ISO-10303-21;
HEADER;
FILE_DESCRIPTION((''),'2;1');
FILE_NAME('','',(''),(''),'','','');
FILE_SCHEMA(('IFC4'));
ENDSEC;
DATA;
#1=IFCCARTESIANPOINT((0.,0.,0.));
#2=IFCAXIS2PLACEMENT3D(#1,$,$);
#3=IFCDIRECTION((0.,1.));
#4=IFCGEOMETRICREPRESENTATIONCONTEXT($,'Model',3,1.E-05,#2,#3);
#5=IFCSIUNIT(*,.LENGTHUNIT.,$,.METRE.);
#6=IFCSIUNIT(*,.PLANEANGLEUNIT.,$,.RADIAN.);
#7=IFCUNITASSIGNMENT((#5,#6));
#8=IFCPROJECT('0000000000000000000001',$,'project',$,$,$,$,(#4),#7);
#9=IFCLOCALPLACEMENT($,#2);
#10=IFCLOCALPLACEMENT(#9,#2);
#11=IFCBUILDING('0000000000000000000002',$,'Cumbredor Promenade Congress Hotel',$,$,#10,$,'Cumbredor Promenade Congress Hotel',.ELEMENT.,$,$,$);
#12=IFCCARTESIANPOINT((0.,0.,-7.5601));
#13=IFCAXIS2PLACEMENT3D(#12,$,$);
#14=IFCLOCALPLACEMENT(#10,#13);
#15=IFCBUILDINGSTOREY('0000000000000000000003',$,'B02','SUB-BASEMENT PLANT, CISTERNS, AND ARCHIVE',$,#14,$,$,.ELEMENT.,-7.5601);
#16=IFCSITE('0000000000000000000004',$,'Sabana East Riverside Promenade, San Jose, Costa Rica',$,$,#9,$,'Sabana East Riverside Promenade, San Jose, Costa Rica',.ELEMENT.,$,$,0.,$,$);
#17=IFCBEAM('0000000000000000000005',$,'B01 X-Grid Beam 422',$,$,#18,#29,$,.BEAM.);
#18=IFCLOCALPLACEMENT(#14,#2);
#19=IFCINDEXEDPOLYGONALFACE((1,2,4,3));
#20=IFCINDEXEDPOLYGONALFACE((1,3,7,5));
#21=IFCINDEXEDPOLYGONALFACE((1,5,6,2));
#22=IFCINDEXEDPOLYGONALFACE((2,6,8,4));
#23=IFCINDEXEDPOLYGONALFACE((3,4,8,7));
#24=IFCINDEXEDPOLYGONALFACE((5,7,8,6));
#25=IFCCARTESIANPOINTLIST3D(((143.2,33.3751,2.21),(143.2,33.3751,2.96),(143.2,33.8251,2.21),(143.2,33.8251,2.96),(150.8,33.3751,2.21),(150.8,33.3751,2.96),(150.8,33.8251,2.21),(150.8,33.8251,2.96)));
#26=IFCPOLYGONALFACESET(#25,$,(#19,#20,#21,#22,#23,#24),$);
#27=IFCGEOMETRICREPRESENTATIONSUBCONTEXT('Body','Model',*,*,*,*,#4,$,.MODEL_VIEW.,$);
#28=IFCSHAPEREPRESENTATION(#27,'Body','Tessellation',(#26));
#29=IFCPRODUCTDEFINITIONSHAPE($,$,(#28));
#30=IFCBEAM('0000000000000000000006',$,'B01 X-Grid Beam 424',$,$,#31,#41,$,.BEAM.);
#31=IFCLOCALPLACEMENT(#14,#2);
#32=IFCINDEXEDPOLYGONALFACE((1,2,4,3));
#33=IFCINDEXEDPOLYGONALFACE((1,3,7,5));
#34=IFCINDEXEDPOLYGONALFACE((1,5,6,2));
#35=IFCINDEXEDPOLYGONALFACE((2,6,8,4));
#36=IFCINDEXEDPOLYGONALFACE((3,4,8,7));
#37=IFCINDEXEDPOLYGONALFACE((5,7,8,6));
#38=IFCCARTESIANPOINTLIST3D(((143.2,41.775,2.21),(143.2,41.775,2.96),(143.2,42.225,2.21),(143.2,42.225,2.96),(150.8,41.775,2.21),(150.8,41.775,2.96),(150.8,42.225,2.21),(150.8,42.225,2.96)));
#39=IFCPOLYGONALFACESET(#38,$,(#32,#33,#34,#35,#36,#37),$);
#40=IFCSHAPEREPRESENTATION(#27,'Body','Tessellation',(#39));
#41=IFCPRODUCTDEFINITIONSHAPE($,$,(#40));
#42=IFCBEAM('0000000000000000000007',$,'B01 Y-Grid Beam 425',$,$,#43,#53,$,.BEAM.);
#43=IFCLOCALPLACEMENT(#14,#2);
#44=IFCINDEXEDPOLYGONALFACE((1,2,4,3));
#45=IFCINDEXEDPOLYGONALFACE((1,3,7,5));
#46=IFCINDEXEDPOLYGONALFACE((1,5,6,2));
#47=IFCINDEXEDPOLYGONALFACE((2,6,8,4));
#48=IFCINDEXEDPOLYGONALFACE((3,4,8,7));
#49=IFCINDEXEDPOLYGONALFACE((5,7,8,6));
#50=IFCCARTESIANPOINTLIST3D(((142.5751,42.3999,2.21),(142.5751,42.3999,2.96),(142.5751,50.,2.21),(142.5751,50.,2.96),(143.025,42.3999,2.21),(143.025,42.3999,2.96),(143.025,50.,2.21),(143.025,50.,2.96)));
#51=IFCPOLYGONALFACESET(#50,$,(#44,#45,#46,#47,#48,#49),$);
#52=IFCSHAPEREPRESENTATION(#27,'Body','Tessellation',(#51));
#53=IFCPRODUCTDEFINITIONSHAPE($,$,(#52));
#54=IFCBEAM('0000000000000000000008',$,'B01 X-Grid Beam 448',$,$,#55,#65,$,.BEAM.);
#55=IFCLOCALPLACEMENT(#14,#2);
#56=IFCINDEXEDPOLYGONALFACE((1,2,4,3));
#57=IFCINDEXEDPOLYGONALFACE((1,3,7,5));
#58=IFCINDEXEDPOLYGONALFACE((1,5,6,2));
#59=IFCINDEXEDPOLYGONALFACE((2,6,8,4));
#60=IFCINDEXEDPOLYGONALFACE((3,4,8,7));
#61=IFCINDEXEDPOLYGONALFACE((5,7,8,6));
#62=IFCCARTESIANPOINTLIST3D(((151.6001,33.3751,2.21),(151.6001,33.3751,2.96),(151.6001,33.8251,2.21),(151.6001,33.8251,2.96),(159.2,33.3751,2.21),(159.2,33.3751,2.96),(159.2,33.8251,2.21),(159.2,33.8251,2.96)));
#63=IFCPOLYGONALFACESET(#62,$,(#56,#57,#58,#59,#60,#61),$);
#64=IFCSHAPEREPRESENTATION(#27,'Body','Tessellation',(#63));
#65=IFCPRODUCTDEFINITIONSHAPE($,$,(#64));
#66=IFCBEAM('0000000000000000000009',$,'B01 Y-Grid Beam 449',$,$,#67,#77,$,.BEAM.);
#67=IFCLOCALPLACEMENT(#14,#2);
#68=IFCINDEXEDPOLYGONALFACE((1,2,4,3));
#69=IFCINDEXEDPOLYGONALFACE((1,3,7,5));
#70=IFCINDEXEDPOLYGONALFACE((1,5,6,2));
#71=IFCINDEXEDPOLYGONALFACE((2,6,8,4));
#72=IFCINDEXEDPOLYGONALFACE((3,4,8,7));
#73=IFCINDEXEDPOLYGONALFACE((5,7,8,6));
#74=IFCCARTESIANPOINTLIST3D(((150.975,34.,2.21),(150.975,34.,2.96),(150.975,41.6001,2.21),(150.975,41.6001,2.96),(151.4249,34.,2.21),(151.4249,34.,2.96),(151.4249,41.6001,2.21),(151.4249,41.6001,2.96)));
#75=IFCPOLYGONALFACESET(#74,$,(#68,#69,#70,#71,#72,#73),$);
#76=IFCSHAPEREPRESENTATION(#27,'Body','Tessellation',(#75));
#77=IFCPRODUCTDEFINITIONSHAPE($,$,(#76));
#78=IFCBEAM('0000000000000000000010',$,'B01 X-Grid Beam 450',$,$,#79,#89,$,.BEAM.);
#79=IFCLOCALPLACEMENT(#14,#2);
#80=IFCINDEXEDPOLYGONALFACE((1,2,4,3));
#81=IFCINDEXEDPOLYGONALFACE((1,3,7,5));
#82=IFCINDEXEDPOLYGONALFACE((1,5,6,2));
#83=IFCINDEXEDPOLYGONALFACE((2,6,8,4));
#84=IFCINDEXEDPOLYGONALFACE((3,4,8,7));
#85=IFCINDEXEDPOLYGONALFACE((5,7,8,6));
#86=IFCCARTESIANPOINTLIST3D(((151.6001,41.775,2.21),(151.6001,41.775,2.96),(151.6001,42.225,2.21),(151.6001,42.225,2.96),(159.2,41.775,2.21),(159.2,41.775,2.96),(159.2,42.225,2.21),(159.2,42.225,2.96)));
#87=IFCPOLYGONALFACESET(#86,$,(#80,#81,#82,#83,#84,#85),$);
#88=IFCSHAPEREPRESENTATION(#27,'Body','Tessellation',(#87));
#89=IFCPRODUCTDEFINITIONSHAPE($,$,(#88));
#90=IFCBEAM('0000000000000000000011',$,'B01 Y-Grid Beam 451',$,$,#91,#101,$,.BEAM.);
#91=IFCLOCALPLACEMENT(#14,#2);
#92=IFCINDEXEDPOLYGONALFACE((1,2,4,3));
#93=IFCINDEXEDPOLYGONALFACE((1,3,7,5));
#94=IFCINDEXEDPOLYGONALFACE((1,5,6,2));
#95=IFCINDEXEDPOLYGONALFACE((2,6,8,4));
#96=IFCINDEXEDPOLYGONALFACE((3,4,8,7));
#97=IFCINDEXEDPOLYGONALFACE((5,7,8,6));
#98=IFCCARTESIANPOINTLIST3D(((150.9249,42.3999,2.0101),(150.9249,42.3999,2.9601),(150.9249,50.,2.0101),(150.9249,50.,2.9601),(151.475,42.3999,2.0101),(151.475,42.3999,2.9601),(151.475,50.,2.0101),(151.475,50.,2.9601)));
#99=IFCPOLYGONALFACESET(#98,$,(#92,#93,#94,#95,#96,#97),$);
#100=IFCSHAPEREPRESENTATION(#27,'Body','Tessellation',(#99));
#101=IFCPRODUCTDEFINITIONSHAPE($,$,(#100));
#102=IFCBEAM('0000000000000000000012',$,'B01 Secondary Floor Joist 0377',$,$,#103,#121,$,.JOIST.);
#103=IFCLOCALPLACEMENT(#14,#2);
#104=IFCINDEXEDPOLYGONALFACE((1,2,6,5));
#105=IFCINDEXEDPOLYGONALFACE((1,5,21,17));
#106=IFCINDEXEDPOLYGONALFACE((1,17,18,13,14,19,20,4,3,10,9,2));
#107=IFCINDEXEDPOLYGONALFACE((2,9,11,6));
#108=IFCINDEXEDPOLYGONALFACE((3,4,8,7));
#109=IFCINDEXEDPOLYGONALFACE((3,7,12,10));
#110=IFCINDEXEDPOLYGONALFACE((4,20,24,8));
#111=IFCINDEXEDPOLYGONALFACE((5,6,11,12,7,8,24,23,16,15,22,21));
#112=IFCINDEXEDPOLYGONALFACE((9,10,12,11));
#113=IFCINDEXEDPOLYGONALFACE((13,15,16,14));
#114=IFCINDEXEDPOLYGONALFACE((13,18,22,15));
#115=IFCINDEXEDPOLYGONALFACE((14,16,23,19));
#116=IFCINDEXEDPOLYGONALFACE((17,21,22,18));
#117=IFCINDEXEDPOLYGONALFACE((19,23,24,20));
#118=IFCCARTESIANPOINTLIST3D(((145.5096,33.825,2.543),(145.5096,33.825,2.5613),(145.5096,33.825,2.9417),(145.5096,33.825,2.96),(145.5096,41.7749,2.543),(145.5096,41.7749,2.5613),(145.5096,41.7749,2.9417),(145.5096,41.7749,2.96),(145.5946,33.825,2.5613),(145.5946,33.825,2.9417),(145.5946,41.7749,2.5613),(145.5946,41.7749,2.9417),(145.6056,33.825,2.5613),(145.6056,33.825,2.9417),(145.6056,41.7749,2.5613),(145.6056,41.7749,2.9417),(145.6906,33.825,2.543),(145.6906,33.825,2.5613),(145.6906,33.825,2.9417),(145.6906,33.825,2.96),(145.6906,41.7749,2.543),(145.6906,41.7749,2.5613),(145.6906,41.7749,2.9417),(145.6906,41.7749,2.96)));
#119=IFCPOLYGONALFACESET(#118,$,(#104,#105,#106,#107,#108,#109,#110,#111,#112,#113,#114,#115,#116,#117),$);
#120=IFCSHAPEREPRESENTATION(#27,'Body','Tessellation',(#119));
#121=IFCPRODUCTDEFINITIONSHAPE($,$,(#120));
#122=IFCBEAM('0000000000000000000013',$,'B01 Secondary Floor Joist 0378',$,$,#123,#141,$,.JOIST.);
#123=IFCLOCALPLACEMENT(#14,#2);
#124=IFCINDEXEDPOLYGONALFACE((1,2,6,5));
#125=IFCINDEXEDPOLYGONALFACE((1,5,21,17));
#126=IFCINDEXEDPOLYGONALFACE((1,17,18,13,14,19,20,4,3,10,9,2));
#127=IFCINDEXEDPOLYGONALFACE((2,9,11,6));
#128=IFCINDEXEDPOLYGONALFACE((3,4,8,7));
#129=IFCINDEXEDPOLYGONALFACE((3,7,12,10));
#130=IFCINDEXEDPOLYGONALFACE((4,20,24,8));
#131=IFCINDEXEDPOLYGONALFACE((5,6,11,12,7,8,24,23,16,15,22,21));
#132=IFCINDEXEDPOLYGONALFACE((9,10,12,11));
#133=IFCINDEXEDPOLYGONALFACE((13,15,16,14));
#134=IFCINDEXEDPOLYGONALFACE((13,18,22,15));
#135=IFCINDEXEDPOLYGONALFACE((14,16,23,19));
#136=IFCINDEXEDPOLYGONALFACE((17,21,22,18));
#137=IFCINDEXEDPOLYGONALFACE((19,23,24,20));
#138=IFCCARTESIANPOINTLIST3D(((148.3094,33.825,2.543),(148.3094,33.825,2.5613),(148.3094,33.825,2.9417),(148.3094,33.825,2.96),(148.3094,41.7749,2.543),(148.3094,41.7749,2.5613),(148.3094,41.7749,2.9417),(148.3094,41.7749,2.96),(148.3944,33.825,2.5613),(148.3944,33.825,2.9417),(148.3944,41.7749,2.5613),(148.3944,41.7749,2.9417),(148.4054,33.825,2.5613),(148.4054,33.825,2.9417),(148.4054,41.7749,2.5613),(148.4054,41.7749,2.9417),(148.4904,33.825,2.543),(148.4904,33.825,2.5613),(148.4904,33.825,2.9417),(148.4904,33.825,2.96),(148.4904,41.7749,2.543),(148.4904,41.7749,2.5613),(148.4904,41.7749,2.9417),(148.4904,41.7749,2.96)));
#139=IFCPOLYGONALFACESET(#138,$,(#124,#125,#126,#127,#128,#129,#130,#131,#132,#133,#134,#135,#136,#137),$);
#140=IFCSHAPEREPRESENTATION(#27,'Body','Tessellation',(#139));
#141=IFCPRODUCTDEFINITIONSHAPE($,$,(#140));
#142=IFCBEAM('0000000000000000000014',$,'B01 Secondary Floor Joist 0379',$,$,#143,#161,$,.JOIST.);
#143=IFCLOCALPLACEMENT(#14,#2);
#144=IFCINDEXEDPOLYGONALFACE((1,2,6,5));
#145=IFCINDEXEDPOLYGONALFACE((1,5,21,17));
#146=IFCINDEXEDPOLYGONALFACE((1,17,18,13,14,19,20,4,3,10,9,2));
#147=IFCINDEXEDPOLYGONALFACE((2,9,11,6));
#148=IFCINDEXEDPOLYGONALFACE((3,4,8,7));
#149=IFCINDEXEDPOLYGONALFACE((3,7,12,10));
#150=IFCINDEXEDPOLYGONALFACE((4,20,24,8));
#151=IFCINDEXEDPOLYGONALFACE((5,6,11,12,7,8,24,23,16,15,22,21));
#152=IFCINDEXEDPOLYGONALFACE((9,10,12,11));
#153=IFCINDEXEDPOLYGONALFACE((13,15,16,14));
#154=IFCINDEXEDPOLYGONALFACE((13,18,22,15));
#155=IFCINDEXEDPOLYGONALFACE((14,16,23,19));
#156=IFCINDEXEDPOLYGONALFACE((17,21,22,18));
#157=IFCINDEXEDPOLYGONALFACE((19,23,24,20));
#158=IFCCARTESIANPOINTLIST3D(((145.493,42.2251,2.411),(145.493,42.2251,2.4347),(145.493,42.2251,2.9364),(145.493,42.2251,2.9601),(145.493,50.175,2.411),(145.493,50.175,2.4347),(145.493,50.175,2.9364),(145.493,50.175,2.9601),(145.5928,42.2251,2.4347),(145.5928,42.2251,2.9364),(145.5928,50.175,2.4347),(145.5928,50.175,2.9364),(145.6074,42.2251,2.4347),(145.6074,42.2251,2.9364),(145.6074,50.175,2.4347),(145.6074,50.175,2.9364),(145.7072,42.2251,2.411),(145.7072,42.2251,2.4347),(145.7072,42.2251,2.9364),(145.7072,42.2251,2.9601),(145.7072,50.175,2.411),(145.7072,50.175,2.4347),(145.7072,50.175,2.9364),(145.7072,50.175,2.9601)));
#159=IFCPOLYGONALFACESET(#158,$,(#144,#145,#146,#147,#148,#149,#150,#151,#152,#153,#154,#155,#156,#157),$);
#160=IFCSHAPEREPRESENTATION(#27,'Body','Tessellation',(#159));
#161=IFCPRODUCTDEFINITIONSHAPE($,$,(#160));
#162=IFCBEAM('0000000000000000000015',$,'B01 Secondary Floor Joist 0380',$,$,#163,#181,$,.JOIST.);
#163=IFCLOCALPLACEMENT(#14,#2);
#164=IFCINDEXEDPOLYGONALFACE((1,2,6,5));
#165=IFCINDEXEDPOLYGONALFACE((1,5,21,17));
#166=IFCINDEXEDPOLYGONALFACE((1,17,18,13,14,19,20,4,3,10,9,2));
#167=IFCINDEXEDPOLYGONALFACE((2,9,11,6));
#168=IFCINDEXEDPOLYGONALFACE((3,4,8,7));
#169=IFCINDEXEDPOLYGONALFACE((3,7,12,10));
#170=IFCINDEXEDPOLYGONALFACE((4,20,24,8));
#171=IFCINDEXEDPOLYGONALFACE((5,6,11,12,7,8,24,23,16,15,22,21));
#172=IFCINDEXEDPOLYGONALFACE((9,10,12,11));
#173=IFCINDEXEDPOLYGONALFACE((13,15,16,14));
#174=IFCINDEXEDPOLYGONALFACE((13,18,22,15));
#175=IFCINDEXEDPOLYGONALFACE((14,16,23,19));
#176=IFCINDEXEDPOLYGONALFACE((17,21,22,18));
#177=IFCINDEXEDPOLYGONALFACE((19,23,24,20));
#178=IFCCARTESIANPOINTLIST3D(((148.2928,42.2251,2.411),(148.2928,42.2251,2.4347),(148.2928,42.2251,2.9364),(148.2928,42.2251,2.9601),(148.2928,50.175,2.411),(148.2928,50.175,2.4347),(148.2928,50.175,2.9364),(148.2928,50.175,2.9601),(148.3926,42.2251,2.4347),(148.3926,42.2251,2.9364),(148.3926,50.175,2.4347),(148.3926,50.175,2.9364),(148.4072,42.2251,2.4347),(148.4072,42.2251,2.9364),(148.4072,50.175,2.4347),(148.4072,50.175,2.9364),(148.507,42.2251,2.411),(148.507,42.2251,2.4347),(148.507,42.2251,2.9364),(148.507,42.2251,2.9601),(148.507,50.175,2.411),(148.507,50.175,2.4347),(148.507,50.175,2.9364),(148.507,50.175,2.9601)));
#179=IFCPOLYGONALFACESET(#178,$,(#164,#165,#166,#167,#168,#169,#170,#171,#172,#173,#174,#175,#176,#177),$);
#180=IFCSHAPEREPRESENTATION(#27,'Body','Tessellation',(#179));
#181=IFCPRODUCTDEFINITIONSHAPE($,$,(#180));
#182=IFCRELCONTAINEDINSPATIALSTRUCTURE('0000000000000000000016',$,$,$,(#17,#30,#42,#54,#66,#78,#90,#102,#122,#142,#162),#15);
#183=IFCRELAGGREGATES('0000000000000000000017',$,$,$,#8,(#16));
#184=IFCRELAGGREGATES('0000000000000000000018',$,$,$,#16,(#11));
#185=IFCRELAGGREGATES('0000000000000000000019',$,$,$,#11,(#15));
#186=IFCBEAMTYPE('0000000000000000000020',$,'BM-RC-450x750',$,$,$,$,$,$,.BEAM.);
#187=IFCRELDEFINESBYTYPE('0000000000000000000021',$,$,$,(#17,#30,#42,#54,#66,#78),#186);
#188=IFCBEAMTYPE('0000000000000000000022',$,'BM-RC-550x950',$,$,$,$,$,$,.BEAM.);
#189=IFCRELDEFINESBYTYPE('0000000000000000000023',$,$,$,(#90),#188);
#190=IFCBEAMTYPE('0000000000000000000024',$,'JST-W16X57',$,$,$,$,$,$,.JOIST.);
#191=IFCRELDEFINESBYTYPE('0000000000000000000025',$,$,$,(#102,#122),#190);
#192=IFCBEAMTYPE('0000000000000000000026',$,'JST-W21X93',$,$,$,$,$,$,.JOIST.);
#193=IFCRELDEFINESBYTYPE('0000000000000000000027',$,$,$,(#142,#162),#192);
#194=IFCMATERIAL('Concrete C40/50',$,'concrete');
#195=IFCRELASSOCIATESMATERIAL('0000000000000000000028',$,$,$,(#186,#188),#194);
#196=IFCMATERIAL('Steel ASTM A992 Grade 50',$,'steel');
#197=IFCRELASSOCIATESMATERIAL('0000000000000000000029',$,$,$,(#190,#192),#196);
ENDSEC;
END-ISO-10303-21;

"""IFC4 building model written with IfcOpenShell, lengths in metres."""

from ifc_helpers import new_model, si_unit, direction, frame, origin, origin_2d, place, context, subcontext, project, spatial, rectangle, i_section, extrude, material, material_profile, profile_set, type_object, element, save


model = new_model("IFC4")

# Units and contexts
model_context = context("Model", 3, precision=1e-05, world=origin(), true_north=direction((0.0, 1.0)))
body_context = subcontext(model_context, "Body", "Model", "MODEL_VIEW")
ifc_project = project(units=[si_unit("LENGTHUNIT", "METRE"), si_unit("PLANEANGLEUNIT", "RADIAN")], contexts=[model_context])

# Site, building, storey
site_placement = place(None, origin())
site = spatial("IfcSite", under=ifc_project, at=site_placement, Name="Sabana East Riverside Promenade, San Jose, Costa Rica", LongName="Sabana East Riverside Promenade, San Jose, Costa Rica", CompositionType="ELEMENT", RefElevation=0.0)
building_placement = place(site_placement, origin())
building = spatial("IfcBuilding", under=site, at=building_placement, Name="Cumbredor Promenade Congress Hotel", LongName="Cumbredor Promenade Congress Hotel", CompositionType="ELEMENT")
storey_placement = place(building_placement, frame((0.0, 0.0, -7.5601)))
storey = spatial("IfcBuildingStorey", under=building, at=storey_placement, Name="B02", Description="SUB-BASEMENT PLANT, CISTERNS, AND ARCHIVE", CompositionType="ELEMENT", Elevation=-7.5601)

# Shared definitions
ifc_material_1 = material(Name="Concrete C40/50", Category="concrete")

# Beams
ifc_material_profile_1 = material_profile(ifc_material_1, rectangle(XDim=0.45, YDim=0.75, at=origin_2d()), Name="RC BEAM 450x750")
ifc_profile_set_1 = profile_set([ifc_material_profile_1], Name="Concrete C40/50")
beam_type_1 = type_object("IfcBeamType", Name="BM-RC-450x750", PredefinedType="BEAM", material=ifc_profile_set_1)
for number, where, z_axis, x_axis, name in (
    (1, (143.2, 33.6001, 2.585), (1.0, 0.0, 0.0), (0.0, 1.0, 0.0), "B01 X-Grid Beam 422"),
    (2, (143.2, 42.0, 2.585), (1.0, 0.0, 0.0), (0.0, 1.0, 0.0), "B01 X-Grid Beam 424"),
    (3, (142.8, 42.3999, 2.585), (0.0, 1.0, 0.0), (-1.0, 0.0, 0.0), "B01 Y-Grid Beam 425"),
):
    element("IfcBeam", number, at=place(storey_placement, frame(where, z_axis=z_axis, x_axis=x_axis)), inside=storey, type_object=beam_type_1, Name=name, PredefinedType="BEAM", context=body_context, shape_type="SweptSolid", body=[
        extrude(rectangle(XDim=0.45, YDim=0.75, at=origin_2d()), origin(), (0.0, 0.0, 1.0), 7.6001),
    ])
beam_1_placement = place(storey_placement, frame((151.6001, 33.6001, 2.585), z_axis=(1.0, 0.0, 0.0), x_axis=(0.0, 1.0, 0.0)))
element("IfcBeam", 4, at=beam_1_placement, inside=storey, type_object=beam_type_1, Name="B01 X-Grid Beam 448", PredefinedType="BEAM", context=body_context, shape_type="SweptSolid", body=[
    extrude(rectangle(XDim=0.45, YDim=0.75, at=origin_2d()), origin(), (0.0, 0.0, 1.0), 7.5999),
])
beam_2_placement = place(storey_placement, frame((151.2, 34.0, 2.585), z_axis=(0.0, 1.0, 0.0), x_axis=(-1.0, 0.0, 0.0)))
element("IfcBeam", 5, at=beam_2_placement, inside=storey, type_object=beam_type_1, Name="B01 Y-Grid Beam 449", PredefinedType="BEAM", context=body_context, shape_type="SweptSolid", body=[
    extrude(rectangle(XDim=0.45, YDim=0.75, at=origin_2d()), origin(), (0.0, 0.0, 1.0), 7.6001),
])
beam_3_placement = place(storey_placement, frame((151.6001, 42.0, 2.585), z_axis=(1.0, 0.0, 0.0), x_axis=(0.0, 1.0, 0.0)))
element("IfcBeam", 6, at=beam_3_placement, inside=storey, type_object=beam_type_1, Name="B01 X-Grid Beam 450", PredefinedType="BEAM", context=body_context, shape_type="SweptSolid", body=[
    extrude(rectangle(XDim=0.45, YDim=0.75, at=origin_2d()), origin(), (0.0, 0.0, 1.0), 7.5999),
])
ifc_material_profile_2 = material_profile(ifc_material_1, rectangle(XDim=0.55, YDim=0.95, at=origin_2d()), Name="RC BEAM 550x950")
ifc_profile_set_2 = profile_set([ifc_material_profile_2], Name="Concrete C40/50")
beam_type_2 = type_object("IfcBeamType", Name="BM-RC-550x950", PredefinedType="BEAM", material=ifc_profile_set_2)
beam_4_placement = place(storey_placement, frame((151.2, 42.3999, 2.4851), z_axis=(0.0, 1.0, 0.0), x_axis=(-1.0, 0.0, 0.0)))
element("IfcBeam", 7, at=beam_4_placement, inside=storey, type_object=beam_type_2, Name="B01 Y-Grid Beam 451", PredefinedType="BEAM", context=body_context, shape_type="SweptSolid", body=[
    extrude(rectangle(XDim=0.55, YDim=0.95, at=origin_2d()), origin(), (0.0, 0.0, 1.0), 7.6001),
])
ifc_material_2 = material(Name="Steel ASTM A992 Grade 50", Category="steel")
ifc_material_profile_3 = material_profile(ifc_material_2, i_section(OverallWidth=0.1809, OverallDepth=0.417, WebThickness=0.011, FlangeThickness=0.0183, at=origin_2d()), Name="W16X57")
ifc_profile_set_3 = profile_set([ifc_material_profile_3], Name="Steel ASTM A992 Grade 50")
beam_type_3 = type_object("IfcBeamType", Name="JST-W16X57", PredefinedType="JOIST", material=ifc_profile_set_3)
for number, where, z_axis, x_axis, name in (
    (8, (145.6001, 33.825, 2.7515), (0.0, 1.0, 0.0), (-1.0, 0.0, 0.0), "B01 Secondary Floor Joist 0377"),
    (9, (148.3999, 33.825, 2.7515), (0.0, 1.0, 0.0), (-1.0, 0.0, 0.0), "B01 Secondary Floor Joist 0378"),
):
    element("IfcBeam", number, at=place(storey_placement, frame(where, z_axis=z_axis, x_axis=x_axis)), inside=storey, type_object=beam_type_3, Name=name, PredefinedType="JOIST", context=body_context, shape_type="SweptSolid", body=[
        extrude(i_section(OverallWidth=0.1809, OverallDepth=0.417, WebThickness=0.011, FlangeThickness=0.0183, at=origin_2d()), origin(), (0.0, 0.0, 1.0), 7.95),
    ])
ifc_material_profile_4 = material_profile(ifc_material_2, i_section(OverallWidth=0.2141, OverallDepth=0.5491, WebThickness=0.0146, FlangeThickness=0.0237, at=origin_2d()), Name="W21X93")
ifc_profile_set_4 = profile_set([ifc_material_profile_4], Name="Steel ASTM A992 Grade 50")
beam_type_4 = type_object("IfcBeamType", Name="JST-W21X93", PredefinedType="JOIST", material=ifc_profile_set_4)
for number, where, z_axis, x_axis, name in (
    (10, (145.6001, 42.2251, 2.6855), (0.0, 1.0, 0.0), (-1.0, 0.0, 0.0), "B01 Secondary Floor Joist 0379"),
    (11, (148.3999, 42.2251, 2.6855), (0.0, 1.0, 0.0), (-1.0, 0.0, 0.0), "B01 Secondary Floor Joist 0380"),
):
    element("IfcBeam", number, at=place(storey_placement, frame(where, z_axis=z_axis, x_axis=x_axis)), inside=storey, type_object=beam_type_4, Name=name, PredefinedType="JOIST", context=body_context, shape_type="SweptSolid", body=[
        extrude(i_section(OverallWidth=0.2141, OverallDepth=0.5491, WebThickness=0.0146, FlangeThickness=0.0237, at=origin_2d()), origin(), (0.0, 0.0, 1.0), 7.95),
    ])

save(model, "model.ifc")
